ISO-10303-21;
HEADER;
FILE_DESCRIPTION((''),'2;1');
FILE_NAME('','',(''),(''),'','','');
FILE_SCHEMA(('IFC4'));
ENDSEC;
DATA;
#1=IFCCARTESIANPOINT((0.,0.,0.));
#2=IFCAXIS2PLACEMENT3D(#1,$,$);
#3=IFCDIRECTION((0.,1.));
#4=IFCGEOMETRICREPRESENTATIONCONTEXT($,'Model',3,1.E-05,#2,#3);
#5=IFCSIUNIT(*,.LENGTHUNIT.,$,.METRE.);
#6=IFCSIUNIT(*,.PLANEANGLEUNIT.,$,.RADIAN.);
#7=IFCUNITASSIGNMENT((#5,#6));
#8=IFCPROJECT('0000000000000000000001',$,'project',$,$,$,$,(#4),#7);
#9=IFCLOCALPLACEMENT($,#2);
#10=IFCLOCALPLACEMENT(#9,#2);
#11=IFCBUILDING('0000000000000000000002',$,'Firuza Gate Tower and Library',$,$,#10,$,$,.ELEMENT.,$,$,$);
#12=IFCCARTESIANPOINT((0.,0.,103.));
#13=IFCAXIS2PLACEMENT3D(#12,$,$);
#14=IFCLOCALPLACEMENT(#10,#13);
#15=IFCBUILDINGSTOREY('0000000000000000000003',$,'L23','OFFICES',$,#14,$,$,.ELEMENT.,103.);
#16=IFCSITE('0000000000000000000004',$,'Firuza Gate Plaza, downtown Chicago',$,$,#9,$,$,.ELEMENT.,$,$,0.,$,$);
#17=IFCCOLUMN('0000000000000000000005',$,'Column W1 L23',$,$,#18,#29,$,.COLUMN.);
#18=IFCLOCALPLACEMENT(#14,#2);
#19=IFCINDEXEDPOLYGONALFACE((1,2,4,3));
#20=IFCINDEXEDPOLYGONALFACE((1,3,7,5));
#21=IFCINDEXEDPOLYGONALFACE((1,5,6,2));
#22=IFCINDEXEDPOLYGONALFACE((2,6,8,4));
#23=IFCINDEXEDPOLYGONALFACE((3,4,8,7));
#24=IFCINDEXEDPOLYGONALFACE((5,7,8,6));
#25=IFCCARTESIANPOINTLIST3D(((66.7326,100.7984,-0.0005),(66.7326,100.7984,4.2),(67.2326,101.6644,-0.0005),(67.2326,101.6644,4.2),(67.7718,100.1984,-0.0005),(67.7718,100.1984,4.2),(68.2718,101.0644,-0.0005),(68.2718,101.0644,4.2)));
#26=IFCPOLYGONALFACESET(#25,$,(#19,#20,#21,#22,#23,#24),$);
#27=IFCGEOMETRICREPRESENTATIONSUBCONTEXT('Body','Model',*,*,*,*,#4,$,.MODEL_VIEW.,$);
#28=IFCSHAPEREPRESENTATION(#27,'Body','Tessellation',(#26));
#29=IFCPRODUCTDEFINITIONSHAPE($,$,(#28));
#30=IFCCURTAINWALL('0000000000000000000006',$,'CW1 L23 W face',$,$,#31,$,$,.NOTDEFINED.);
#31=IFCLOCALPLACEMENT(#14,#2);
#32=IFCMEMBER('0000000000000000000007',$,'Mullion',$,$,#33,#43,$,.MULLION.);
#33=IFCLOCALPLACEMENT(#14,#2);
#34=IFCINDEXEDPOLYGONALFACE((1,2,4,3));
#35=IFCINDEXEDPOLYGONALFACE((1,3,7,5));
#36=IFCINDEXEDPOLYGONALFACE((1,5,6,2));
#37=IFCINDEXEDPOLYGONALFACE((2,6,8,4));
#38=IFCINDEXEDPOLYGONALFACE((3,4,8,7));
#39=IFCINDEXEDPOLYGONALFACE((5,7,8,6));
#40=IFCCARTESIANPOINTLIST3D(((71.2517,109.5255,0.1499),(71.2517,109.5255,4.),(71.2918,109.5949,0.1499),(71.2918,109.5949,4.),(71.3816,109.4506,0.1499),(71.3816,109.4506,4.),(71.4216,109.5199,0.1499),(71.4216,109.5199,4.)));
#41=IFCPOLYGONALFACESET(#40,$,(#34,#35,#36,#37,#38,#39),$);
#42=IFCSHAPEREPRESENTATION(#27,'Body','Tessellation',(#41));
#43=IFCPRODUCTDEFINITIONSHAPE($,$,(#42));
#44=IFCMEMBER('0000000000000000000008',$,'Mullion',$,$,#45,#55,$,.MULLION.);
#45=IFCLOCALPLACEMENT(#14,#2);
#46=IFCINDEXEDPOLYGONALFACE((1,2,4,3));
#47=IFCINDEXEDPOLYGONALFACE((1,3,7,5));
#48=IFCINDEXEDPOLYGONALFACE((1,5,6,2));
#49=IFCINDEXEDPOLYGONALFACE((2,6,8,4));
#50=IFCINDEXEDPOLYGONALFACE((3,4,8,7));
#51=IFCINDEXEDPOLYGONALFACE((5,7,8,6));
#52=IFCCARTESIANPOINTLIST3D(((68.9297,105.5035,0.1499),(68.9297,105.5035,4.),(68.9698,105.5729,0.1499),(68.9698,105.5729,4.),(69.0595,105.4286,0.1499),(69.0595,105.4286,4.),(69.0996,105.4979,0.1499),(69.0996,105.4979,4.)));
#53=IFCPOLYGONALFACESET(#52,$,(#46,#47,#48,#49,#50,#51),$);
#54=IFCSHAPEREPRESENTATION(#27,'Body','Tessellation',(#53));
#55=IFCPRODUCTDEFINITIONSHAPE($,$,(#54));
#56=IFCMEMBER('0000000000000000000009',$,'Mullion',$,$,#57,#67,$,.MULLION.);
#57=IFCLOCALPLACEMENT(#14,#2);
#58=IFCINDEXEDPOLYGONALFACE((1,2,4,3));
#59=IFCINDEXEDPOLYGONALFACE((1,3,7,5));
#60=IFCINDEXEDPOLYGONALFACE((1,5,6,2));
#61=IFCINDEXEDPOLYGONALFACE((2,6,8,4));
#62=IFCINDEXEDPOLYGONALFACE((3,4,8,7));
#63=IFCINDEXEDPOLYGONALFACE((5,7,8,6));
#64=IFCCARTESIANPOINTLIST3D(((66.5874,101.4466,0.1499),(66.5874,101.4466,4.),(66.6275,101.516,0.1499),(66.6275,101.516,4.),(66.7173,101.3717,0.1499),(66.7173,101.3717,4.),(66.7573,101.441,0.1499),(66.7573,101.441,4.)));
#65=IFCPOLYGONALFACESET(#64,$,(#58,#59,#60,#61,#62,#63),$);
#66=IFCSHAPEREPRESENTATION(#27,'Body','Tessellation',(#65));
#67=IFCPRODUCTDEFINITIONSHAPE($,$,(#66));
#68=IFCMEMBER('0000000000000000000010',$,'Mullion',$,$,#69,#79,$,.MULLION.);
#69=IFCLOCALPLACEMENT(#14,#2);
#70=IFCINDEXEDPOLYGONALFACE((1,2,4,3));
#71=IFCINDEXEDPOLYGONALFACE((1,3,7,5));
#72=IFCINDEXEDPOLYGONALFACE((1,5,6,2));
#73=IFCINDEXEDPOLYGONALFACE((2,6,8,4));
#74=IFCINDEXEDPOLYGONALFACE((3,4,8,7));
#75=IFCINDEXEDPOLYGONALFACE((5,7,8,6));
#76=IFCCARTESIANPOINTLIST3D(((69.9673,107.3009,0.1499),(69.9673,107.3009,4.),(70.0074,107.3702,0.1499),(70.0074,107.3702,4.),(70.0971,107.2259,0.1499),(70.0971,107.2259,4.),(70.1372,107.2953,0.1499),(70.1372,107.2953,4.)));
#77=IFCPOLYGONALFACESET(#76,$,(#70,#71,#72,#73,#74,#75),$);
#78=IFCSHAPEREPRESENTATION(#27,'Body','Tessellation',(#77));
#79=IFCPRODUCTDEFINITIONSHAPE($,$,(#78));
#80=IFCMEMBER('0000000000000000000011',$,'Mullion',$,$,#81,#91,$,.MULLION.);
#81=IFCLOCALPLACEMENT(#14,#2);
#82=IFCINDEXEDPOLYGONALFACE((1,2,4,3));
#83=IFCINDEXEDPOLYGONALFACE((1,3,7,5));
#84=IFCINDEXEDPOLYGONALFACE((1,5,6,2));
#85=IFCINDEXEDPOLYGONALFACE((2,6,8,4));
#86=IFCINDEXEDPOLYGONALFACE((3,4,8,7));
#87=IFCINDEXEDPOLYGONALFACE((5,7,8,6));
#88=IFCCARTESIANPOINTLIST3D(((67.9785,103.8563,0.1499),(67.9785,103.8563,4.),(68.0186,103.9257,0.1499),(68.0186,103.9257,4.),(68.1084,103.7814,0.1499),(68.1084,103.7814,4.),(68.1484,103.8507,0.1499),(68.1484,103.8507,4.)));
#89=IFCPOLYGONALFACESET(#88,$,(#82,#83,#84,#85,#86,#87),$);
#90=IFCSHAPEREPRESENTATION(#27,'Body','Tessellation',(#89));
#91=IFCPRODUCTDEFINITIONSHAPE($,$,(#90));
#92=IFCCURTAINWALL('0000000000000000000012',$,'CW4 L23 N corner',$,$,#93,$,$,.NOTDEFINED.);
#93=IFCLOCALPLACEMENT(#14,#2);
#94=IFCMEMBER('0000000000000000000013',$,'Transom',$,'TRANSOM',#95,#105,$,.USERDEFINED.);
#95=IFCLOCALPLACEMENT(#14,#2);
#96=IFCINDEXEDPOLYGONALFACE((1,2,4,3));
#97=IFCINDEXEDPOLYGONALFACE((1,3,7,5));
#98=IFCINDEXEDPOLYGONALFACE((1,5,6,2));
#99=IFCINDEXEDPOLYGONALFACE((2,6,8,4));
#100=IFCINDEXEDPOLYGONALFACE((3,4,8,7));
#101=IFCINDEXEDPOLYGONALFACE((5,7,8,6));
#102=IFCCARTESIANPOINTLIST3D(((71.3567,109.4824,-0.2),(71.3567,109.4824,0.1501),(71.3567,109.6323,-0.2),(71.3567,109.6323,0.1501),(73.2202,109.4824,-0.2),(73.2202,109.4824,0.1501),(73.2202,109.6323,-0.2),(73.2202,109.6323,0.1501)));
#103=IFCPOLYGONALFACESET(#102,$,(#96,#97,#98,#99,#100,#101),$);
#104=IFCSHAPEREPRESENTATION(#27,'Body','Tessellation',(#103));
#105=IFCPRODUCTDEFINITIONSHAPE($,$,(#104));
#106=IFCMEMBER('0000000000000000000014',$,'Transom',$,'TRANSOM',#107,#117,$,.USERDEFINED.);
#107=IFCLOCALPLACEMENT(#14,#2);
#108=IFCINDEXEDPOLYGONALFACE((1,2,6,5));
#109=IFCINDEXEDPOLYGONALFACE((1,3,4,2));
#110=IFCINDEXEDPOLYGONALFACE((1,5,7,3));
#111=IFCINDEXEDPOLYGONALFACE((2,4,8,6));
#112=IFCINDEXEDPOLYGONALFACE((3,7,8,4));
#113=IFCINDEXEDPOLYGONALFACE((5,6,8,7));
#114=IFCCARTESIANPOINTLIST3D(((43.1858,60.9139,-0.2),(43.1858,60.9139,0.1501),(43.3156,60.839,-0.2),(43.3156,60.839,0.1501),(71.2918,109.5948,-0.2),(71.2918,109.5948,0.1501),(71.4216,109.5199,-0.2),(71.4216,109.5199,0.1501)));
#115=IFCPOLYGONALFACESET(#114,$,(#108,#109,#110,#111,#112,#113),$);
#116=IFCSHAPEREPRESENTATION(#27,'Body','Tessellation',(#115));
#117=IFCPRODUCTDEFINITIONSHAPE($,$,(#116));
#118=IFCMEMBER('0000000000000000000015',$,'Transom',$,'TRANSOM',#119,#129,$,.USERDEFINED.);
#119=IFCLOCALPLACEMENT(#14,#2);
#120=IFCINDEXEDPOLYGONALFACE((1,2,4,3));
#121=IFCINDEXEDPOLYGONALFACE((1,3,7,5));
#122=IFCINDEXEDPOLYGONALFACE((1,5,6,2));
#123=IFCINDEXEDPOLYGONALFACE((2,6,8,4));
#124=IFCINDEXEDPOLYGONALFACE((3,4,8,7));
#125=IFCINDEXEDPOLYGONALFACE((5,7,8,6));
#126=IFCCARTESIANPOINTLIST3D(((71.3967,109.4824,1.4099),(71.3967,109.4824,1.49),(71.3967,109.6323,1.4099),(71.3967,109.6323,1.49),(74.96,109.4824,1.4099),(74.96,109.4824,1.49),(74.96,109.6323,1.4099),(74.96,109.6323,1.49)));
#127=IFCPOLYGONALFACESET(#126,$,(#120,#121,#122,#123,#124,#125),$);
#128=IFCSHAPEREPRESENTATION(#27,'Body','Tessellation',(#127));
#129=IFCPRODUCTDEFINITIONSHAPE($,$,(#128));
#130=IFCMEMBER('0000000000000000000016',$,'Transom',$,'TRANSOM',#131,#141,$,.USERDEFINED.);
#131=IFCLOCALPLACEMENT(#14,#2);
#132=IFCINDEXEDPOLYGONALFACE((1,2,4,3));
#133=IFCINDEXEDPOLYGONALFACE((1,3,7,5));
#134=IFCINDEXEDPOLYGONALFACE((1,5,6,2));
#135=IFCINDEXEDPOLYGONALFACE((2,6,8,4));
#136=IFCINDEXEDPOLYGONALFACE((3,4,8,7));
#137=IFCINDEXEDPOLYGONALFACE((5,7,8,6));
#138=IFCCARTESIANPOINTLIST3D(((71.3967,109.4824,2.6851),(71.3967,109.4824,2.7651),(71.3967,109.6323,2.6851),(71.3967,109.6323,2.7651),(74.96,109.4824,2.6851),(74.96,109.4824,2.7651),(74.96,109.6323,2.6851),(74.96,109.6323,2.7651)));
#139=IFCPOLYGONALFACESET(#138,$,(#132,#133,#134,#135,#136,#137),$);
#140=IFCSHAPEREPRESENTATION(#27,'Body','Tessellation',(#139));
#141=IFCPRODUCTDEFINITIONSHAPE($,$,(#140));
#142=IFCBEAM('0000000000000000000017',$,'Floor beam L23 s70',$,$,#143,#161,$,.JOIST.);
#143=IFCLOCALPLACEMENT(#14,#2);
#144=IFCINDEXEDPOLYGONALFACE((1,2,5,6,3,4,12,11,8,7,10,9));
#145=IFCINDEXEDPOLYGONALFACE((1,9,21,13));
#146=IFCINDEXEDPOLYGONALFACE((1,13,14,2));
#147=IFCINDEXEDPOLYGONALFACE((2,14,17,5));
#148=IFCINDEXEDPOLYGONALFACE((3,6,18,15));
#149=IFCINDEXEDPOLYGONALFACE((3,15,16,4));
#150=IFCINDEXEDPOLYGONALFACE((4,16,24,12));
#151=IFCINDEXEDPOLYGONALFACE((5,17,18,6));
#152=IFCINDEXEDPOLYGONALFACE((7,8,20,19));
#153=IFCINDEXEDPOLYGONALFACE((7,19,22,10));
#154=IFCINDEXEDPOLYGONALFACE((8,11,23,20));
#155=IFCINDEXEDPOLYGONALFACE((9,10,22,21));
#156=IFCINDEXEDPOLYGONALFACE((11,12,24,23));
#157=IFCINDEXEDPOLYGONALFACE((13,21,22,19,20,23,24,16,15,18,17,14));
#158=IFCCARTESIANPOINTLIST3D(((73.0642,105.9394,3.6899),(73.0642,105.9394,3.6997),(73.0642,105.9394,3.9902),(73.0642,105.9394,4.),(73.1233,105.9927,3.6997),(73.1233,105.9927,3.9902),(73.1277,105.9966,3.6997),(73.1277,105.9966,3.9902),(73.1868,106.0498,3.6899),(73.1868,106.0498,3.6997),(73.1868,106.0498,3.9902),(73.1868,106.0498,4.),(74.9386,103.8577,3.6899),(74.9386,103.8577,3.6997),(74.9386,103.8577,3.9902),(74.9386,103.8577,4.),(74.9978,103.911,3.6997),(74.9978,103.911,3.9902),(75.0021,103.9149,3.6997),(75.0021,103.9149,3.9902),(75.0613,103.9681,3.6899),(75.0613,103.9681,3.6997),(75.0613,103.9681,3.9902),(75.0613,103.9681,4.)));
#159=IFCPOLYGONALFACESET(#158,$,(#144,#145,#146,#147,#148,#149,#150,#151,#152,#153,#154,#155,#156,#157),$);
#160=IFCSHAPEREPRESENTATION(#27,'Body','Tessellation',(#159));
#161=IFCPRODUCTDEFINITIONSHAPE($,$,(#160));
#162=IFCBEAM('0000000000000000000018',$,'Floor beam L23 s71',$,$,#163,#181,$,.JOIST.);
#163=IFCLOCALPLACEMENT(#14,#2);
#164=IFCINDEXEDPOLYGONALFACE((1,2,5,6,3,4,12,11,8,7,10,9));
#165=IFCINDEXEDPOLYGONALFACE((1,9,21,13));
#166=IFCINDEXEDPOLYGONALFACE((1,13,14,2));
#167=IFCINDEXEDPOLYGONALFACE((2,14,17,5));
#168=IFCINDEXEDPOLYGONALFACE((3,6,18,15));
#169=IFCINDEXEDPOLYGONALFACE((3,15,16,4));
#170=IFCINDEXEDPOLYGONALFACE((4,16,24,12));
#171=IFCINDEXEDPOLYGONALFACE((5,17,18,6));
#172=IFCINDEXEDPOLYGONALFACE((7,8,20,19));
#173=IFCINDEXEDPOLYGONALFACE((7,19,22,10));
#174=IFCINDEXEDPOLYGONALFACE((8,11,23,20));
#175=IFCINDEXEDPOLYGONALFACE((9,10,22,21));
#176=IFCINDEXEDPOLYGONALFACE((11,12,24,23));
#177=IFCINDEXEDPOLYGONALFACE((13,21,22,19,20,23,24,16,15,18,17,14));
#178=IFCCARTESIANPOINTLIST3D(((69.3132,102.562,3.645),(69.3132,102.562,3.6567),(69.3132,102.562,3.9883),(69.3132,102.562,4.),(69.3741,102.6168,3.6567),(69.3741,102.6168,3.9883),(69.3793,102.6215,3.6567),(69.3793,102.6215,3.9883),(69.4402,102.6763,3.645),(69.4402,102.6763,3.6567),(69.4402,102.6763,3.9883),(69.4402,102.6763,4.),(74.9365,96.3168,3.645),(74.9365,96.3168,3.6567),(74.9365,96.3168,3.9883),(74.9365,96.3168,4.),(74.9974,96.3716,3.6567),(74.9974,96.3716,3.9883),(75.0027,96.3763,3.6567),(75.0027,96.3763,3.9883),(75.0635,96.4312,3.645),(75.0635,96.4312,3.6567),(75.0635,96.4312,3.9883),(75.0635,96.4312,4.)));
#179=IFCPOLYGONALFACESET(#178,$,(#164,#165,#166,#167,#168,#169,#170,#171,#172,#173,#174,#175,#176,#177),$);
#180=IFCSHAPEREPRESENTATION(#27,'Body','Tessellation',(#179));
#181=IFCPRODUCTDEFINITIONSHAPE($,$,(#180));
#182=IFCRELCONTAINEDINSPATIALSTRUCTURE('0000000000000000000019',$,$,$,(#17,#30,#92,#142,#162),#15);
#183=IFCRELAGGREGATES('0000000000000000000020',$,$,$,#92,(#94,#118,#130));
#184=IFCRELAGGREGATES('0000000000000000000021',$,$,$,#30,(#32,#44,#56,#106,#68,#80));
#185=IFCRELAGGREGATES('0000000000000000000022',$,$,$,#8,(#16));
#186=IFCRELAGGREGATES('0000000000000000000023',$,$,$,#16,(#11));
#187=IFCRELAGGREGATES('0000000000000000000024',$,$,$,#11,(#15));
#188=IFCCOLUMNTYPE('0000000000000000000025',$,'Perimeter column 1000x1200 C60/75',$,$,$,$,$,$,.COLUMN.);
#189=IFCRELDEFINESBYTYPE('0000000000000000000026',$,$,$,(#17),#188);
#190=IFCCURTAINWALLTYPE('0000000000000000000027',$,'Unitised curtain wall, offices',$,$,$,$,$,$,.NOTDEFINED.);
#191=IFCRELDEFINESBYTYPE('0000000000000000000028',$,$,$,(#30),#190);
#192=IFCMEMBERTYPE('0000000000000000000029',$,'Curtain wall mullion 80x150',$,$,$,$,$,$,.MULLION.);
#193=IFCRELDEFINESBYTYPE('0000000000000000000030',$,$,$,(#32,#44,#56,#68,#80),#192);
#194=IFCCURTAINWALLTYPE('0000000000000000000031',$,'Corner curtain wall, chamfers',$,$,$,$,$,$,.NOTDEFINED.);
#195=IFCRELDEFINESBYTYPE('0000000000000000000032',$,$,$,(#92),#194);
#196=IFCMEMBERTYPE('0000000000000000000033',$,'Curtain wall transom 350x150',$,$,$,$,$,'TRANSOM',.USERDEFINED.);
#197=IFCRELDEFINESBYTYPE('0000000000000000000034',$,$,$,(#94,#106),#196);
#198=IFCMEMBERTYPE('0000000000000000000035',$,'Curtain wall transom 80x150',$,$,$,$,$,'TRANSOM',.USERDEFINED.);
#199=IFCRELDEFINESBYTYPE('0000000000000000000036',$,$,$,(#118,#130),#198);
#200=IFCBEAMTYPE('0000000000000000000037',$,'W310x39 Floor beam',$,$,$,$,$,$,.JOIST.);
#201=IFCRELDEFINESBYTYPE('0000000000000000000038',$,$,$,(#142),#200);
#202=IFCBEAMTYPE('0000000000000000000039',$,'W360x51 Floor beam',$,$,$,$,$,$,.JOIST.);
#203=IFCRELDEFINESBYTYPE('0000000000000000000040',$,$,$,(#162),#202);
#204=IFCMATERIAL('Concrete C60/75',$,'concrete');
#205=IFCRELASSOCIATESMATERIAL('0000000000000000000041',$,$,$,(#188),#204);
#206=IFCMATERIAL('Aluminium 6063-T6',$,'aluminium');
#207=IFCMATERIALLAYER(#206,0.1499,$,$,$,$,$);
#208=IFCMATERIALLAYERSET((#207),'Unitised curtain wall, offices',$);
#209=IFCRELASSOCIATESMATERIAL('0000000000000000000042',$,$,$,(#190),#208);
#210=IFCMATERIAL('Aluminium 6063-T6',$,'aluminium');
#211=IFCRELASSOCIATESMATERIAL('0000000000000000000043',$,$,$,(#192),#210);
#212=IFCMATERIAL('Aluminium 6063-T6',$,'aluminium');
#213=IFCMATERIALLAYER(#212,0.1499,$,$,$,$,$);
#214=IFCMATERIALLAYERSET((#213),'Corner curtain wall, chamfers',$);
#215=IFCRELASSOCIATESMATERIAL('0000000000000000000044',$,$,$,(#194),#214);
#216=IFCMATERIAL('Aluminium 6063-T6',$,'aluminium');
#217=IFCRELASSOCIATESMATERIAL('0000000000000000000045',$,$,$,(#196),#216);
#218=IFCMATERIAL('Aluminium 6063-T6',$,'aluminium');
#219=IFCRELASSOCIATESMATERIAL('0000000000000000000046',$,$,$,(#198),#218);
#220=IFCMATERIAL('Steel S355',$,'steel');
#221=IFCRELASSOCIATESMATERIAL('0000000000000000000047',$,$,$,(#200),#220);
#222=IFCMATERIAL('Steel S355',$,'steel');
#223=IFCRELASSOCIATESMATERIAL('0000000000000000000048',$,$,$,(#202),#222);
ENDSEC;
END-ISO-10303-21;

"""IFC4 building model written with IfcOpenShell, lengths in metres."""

from ifc_helpers import new_model, si_unit, direction, frame, origin, origin_2d, place, context, subcontext, project, spatial, rectangle, i_section, extrude, material, layer, layer_set, material_profile, profile_set, type_object, element, aggregate, save


model = new_model("IFC4")

# Units and contexts
model_context = context("Model", 3, precision=1e-05, world=origin(), true_north=direction((0.0, 1.0)))
body_context = subcontext(model_context, "Body", "Model", "MODEL_VIEW")
ifc_project = project(units=[si_unit("LENGTHUNIT", "METRE"), si_unit("PLANEANGLEUNIT", "RADIAN")], contexts=[model_context])

# Site, building, storey
site_placement = place(None, origin())
site = spatial("IfcSite", under=ifc_project, at=site_placement, Name="Firuza Gate Plaza, downtown Chicago", CompositionType="ELEMENT", RefElevation=0.0)
building_placement = place(site_placement, origin())
building = spatial("IfcBuilding", under=site, at=building_placement, Name="Firuza Gate Tower and Library", CompositionType="ELEMENT")
storey_placement = place(building_placement, frame((0.0, 0.0, 103.0)))
storey = spatial("IfcBuildingStorey", under=building, at=storey_placement, Name="L23", Description="OFFICES", CompositionType="ELEMENT", Elevation=103.0)

# Column
ifc_material_1 = material(Name="Concrete C60/75", Category="concrete")
ifc_material_profile_1 = material_profile(ifc_material_1, rectangle(XDim=1.0, YDim=1.2, at=origin_2d()))
ifc_profile_set_1 = profile_set([ifc_material_profile_1], Name="Concrete C60/75")
column_type = type_object("IfcColumnType", Name="Perimeter column 1000x1200 C60/75", PredefinedType="COLUMN", material=ifc_profile_set_1)
column_placement = place(storey_placement, frame((67.5022, 100.9314, -0.0005), z_axis=(0.0, 0.0, 1.0), x_axis=(-0.5, -0.866025, 0.0)))
element("IfcColumn", 1, at=column_placement, inside=storey, type_object=column_type, Name="Column W1 L23", PredefinedType="COLUMN", context=body_context, shape_type="SweptSolid", body=[
    extrude(rectangle(XDim=1.0, YDim=1.2, at=origin_2d()), origin(), (0.0, 0.0, 1.0), 4.2004),
])

# Curtain wall, members
ifc_material_2 = material(Name="Aluminium 6063-T6", Category="aluminium")
ifc_layer_1 = layer(ifc_material_2, 0.1499)
ifc_layer_set_1 = layer_set([ifc_layer_1], Name="Unitised curtain wall, offices")
curtain_wall_type_1 = type_object("IfcCurtainWallType", Name="Unitised curtain wall, offices", PredefinedType="NOTDEFINED", material=ifc_layer_set_1)
placement = place(storey_placement, origin())
curtain_wall_1 = element("IfcCurtainWall", 2, at=placement, inside=storey, type_object=curtain_wall_type_1, Name="CW1 L23 W face", PredefinedType="NOTDEFINED")
ifc_material_3 = material(Name="Aluminium 6063-T6", Category="aluminium")
ifc_material_profile_2 = material_profile(ifc_material_3, rectangle(XDim=0.1499, YDim=0.0801, at=origin_2d()))
ifc_profile_set_2 = profile_set([ifc_material_profile_2], Name="Aluminium 6063-T6")
member_type_1 = type_object("IfcMemberType", Name="Curtain wall mullion 80x150", PredefinedType="MULLION", material=ifc_profile_set_2)
member_1_placement = place(storey_placement, frame((71.3367, 109.5227, 0.1499), z_axis=(0.0, 0.0, 1.0), x_axis=(0.866025, -0.5, 0.0)))
member_1 = element("IfcMember", 3, at=member_1_placement, type_object=member_type_1, Name="Mullion", PredefinedType="MULLION", context=body_context, shape_type="SweptSolid", body=[
    extrude(rectangle(XDim=0.1499, YDim=0.0801, at=origin_2d()), origin(), (0.0, 0.0, 1.0), 3.8501),
])
member_2_placement = place(storey_placement, frame((69.0146, 105.5007, 0.1499), z_axis=(0.0, 0.0, 1.0), x_axis=(0.866025, -0.5, 0.0)))
member_2 = element("IfcMember", 4, at=member_2_placement, type_object=member_type_1, Name="Mullion", PredefinedType="MULLION", context=body_context, shape_type="SweptSolid", body=[
    extrude(rectangle(XDim=0.1499, YDim=0.0801, at=origin_2d()), origin(), (0.0, 0.0, 1.0), 3.8501),
])
member_3_placement = place(storey_placement, frame((66.6724, 101.4438, 0.1499), z_axis=(0.0, 0.0, 1.0), x_axis=(0.866025, -0.5, 0.0)))
member_3 = element("IfcMember", 5, at=member_3_placement, type_object=member_type_1, Name="Mullion", PredefinedType="MULLION", context=body_context, shape_type="SweptSolid", body=[
    extrude(rectangle(XDim=0.1499, YDim=0.0801, at=origin_2d()), origin(), (0.0, 0.0, 1.0), 3.8501),
])
member_4_placement = place(storey_placement, frame((70.0522, 107.2981, 0.1499), z_axis=(0.0, 0.0, 1.0), x_axis=(0.866025, -0.5, 0.0)))
member_4 = element("IfcMember", 6, at=member_4_placement, type_object=member_type_1, Name="Mullion", PredefinedType="MULLION", context=body_context, shape_type="SweptSolid", body=[
    extrude(rectangle(XDim=0.1499, YDim=0.0801, at=origin_2d()), origin(), (0.0, 0.0, 1.0), 3.8501),
])
member_5_placement = place(storey_placement, frame((68.0635, 103.8535, 0.1499), z_axis=(0.0, 0.0, 1.0), x_axis=(0.866025, -0.5, 0.0)))
member_5 = element("IfcMember", 7, at=member_5_placement, type_object=member_type_1, Name="Mullion", PredefinedType="MULLION", context=body_context, shape_type="SweptSolid", body=[
    extrude(rectangle(XDim=0.1499, YDim=0.0801, at=origin_2d()), origin(), (0.0, 0.0, 1.0), 3.8501),
])

# Curtain wall, member
ifc_material_4 = material(Name="Aluminium 6063-T6", Category="aluminium")
ifc_layer_2 = layer(ifc_material_4, 0.1499)
ifc_layer_set_2 = layer_set([ifc_layer_2], Name="Corner curtain wall, chamfers")
curtain_wall_type_2 = type_object("IfcCurtainWallType", Name="Corner curtain wall, chamfers", PredefinedType="NOTDEFINED", material=ifc_layer_set_2)
curtain_wall_2 = element("IfcCurtainWall", 8, at=placement, inside=storey, type_object=curtain_wall_type_2, Name="CW4 L23 N corner", PredefinedType="NOTDEFINED")
ifc_material_5 = material(Name="Aluminium 6063-T6", Category="aluminium")
ifc_material_profile_3 = material_profile(ifc_material_5, rectangle(XDim=0.1499, YDim=0.3501, at=origin_2d()))
ifc_profile_set_3 = profile_set([ifc_material_profile_3], Name="Aluminium 6063-T6")
member_type_2 = type_object("IfcMemberType", Name="Curtain wall transom 350x150", ElementType="TRANSOM", PredefinedType="USERDEFINED", material=ifc_profile_set_3)
member_6_placement = place(storey_placement, frame((73.2202, 109.5574, -0.0249), z_axis=(-1.0, 0.0, 0.0), x_axis=(0.0, -1.0, 0.0)))
member_6 = element("IfcMember", 9, at=member_6_placement, type_object=member_type_2, Name="Transom", ObjectType="TRANSOM", PredefinedType="USERDEFINED", context=body_context, shape_type="SweptSolid", body=[
    extrude(rectangle(XDim=0.1499, YDim=0.3501, at=origin_2d()), origin(), (0.0, 0.0, 1.0), 1.8635),
])

# Members
member_7_placement = place(storey_placement, frame((71.3567, 109.5574, -0.0249), z_axis=(-0.5, -0.866025, 0.0), x_axis=(0.866025, -0.5, 0.0)))
member_7 = element("IfcMember", 10, at=member_7_placement, type_object=member_type_2, Name="Transom", ObjectType="TRANSOM", PredefinedType="USERDEFINED", context=body_context, shape_type="SweptSolid", body=[
    extrude(rectangle(XDim=0.1499, YDim=0.3501, at=origin_2d()), origin(), (0.0, 0.0, 1.0), 56.2119),
])
ifc_material_6 = material(Name="Aluminium 6063-T6", Category="aluminium")
ifc_material_profile_4 = material_profile(ifc_material_6, rectangle(XDim=0.1499, YDim=0.0801, at=origin_2d()))
ifc_profile_set_4 = profile_set([ifc_material_profile_4], Name="Aluminium 6063-T6")
member_type_3 = type_object("IfcMemberType", Name="Curtain wall transom 80x150", ElementType="TRANSOM", PredefinedType="USERDEFINED", material=ifc_profile_set_4)
member_8_placement = place(storey_placement, frame((74.96, 109.5574, 1.45), z_axis=(-1.0, 0.0, 0.0), x_axis=(0.0, -1.0, 0.0)))
member_8 = element("IfcMember", 11, at=member_8_placement, type_object=member_type_3, Name="Transom", ObjectType="TRANSOM", PredefinedType="USERDEFINED", context=body_context, shape_type="SweptSolid", body=[
    extrude(rectangle(XDim=0.1499, YDim=0.0801, at=origin_2d()), origin(), (0.0, 0.0, 1.0), 3.5632),
])
member_9_placement = place(storey_placement, frame((74.96, 109.5574, 2.7251), z_axis=(-1.0, 0.0, 0.0), x_axis=(0.0, -1.0, 0.0)))
member_9 = element("IfcMember", 12, at=member_9_placement, type_object=member_type_3, Name="Transom", ObjectType="TRANSOM", PredefinedType="USERDEFINED", context=body_context, shape_type="SweptSolid", body=[
    extrude(rectangle(XDim=0.1499, YDim=0.0801, at=origin_2d()), origin(), (0.0, 0.0, 1.0), 3.5632),
])

# Beams
ifc_material_7 = material(Name="Steel S355", Category="steel")
ifc_material_profile_5 = material_profile(ifc_material_7, i_section(OverallWidth=0.165, OverallDepth=0.3101, WebThickness=0.0059, FlangeThickness=0.0098, at=origin_2d()))
ifc_profile_set_5 = profile_set([ifc_material_profile_5], Name="Steel S355")
beam_type_1 = type_object("IfcBeamType", Name="W310x39 Floor beam", PredefinedType="JOIST", material=ifc_profile_set_5)
beam_1_placement = place(storey_placement, frame((73.1255, 105.9946, 3.845), z_axis=(0.669143, -0.743134, 0.0), x_axis=(0.743134, 0.669143, 0.0)))
element("IfcBeam", 13, at=beam_1_placement, inside=storey, type_object=beam_type_1, Name="Floor beam L23 s70", PredefinedType="JOIST", context=body_context, shape_type="SweptSolid", body=[
    extrude(i_section(OverallWidth=0.165, OverallDepth=0.3101, WebThickness=0.0059, FlangeThickness=0.0098, at=origin_2d()), origin(), (0.0, 0.0, 1.0), 2.8013),
])
ifc_material_8 = material(Name="Steel S355", Category="steel")
ifc_material_profile_6 = material_profile(ifc_material_8, i_section(OverallWidth=0.1709, OverallDepth=0.355, WebThickness=0.0071, FlangeThickness=0.0117, at=origin_2d()))
ifc_profile_set_6 = profile_set([ifc_material_profile_6], Name="Steel S355")
beam_type_2 = type_object("IfcBeamType", Name="W360x51 Floor beam", PredefinedType="JOIST", material=ifc_profile_set_6)
beam_2_placement = place(storey_placement, frame((69.3767, 102.6191, 3.8225), z_axis=(0.669141, -0.743135, 0.0), x_axis=(0.743135, 0.669141, 0.0)))
element("IfcBeam", 14, at=beam_2_placement, inside=storey, type_object=beam_type_2, Name="Floor beam L23 s71", PredefinedType="JOIST", context=body_context, shape_type="SweptSolid", body=[
    extrude(i_section(OverallWidth=0.1709, OverallDepth=0.355, WebThickness=0.0071, FlangeThickness=0.0117, at=origin_2d()), origin(), (0.0, 0.0, 1.0), 8.4038),
])

aggregate(curtain_wall_2, [member_6, member_8, member_9])
aggregate(curtain_wall_1, [member_1, member_2, member_3, member_7, member_4, member_5])

save(model, "model.ifc")
